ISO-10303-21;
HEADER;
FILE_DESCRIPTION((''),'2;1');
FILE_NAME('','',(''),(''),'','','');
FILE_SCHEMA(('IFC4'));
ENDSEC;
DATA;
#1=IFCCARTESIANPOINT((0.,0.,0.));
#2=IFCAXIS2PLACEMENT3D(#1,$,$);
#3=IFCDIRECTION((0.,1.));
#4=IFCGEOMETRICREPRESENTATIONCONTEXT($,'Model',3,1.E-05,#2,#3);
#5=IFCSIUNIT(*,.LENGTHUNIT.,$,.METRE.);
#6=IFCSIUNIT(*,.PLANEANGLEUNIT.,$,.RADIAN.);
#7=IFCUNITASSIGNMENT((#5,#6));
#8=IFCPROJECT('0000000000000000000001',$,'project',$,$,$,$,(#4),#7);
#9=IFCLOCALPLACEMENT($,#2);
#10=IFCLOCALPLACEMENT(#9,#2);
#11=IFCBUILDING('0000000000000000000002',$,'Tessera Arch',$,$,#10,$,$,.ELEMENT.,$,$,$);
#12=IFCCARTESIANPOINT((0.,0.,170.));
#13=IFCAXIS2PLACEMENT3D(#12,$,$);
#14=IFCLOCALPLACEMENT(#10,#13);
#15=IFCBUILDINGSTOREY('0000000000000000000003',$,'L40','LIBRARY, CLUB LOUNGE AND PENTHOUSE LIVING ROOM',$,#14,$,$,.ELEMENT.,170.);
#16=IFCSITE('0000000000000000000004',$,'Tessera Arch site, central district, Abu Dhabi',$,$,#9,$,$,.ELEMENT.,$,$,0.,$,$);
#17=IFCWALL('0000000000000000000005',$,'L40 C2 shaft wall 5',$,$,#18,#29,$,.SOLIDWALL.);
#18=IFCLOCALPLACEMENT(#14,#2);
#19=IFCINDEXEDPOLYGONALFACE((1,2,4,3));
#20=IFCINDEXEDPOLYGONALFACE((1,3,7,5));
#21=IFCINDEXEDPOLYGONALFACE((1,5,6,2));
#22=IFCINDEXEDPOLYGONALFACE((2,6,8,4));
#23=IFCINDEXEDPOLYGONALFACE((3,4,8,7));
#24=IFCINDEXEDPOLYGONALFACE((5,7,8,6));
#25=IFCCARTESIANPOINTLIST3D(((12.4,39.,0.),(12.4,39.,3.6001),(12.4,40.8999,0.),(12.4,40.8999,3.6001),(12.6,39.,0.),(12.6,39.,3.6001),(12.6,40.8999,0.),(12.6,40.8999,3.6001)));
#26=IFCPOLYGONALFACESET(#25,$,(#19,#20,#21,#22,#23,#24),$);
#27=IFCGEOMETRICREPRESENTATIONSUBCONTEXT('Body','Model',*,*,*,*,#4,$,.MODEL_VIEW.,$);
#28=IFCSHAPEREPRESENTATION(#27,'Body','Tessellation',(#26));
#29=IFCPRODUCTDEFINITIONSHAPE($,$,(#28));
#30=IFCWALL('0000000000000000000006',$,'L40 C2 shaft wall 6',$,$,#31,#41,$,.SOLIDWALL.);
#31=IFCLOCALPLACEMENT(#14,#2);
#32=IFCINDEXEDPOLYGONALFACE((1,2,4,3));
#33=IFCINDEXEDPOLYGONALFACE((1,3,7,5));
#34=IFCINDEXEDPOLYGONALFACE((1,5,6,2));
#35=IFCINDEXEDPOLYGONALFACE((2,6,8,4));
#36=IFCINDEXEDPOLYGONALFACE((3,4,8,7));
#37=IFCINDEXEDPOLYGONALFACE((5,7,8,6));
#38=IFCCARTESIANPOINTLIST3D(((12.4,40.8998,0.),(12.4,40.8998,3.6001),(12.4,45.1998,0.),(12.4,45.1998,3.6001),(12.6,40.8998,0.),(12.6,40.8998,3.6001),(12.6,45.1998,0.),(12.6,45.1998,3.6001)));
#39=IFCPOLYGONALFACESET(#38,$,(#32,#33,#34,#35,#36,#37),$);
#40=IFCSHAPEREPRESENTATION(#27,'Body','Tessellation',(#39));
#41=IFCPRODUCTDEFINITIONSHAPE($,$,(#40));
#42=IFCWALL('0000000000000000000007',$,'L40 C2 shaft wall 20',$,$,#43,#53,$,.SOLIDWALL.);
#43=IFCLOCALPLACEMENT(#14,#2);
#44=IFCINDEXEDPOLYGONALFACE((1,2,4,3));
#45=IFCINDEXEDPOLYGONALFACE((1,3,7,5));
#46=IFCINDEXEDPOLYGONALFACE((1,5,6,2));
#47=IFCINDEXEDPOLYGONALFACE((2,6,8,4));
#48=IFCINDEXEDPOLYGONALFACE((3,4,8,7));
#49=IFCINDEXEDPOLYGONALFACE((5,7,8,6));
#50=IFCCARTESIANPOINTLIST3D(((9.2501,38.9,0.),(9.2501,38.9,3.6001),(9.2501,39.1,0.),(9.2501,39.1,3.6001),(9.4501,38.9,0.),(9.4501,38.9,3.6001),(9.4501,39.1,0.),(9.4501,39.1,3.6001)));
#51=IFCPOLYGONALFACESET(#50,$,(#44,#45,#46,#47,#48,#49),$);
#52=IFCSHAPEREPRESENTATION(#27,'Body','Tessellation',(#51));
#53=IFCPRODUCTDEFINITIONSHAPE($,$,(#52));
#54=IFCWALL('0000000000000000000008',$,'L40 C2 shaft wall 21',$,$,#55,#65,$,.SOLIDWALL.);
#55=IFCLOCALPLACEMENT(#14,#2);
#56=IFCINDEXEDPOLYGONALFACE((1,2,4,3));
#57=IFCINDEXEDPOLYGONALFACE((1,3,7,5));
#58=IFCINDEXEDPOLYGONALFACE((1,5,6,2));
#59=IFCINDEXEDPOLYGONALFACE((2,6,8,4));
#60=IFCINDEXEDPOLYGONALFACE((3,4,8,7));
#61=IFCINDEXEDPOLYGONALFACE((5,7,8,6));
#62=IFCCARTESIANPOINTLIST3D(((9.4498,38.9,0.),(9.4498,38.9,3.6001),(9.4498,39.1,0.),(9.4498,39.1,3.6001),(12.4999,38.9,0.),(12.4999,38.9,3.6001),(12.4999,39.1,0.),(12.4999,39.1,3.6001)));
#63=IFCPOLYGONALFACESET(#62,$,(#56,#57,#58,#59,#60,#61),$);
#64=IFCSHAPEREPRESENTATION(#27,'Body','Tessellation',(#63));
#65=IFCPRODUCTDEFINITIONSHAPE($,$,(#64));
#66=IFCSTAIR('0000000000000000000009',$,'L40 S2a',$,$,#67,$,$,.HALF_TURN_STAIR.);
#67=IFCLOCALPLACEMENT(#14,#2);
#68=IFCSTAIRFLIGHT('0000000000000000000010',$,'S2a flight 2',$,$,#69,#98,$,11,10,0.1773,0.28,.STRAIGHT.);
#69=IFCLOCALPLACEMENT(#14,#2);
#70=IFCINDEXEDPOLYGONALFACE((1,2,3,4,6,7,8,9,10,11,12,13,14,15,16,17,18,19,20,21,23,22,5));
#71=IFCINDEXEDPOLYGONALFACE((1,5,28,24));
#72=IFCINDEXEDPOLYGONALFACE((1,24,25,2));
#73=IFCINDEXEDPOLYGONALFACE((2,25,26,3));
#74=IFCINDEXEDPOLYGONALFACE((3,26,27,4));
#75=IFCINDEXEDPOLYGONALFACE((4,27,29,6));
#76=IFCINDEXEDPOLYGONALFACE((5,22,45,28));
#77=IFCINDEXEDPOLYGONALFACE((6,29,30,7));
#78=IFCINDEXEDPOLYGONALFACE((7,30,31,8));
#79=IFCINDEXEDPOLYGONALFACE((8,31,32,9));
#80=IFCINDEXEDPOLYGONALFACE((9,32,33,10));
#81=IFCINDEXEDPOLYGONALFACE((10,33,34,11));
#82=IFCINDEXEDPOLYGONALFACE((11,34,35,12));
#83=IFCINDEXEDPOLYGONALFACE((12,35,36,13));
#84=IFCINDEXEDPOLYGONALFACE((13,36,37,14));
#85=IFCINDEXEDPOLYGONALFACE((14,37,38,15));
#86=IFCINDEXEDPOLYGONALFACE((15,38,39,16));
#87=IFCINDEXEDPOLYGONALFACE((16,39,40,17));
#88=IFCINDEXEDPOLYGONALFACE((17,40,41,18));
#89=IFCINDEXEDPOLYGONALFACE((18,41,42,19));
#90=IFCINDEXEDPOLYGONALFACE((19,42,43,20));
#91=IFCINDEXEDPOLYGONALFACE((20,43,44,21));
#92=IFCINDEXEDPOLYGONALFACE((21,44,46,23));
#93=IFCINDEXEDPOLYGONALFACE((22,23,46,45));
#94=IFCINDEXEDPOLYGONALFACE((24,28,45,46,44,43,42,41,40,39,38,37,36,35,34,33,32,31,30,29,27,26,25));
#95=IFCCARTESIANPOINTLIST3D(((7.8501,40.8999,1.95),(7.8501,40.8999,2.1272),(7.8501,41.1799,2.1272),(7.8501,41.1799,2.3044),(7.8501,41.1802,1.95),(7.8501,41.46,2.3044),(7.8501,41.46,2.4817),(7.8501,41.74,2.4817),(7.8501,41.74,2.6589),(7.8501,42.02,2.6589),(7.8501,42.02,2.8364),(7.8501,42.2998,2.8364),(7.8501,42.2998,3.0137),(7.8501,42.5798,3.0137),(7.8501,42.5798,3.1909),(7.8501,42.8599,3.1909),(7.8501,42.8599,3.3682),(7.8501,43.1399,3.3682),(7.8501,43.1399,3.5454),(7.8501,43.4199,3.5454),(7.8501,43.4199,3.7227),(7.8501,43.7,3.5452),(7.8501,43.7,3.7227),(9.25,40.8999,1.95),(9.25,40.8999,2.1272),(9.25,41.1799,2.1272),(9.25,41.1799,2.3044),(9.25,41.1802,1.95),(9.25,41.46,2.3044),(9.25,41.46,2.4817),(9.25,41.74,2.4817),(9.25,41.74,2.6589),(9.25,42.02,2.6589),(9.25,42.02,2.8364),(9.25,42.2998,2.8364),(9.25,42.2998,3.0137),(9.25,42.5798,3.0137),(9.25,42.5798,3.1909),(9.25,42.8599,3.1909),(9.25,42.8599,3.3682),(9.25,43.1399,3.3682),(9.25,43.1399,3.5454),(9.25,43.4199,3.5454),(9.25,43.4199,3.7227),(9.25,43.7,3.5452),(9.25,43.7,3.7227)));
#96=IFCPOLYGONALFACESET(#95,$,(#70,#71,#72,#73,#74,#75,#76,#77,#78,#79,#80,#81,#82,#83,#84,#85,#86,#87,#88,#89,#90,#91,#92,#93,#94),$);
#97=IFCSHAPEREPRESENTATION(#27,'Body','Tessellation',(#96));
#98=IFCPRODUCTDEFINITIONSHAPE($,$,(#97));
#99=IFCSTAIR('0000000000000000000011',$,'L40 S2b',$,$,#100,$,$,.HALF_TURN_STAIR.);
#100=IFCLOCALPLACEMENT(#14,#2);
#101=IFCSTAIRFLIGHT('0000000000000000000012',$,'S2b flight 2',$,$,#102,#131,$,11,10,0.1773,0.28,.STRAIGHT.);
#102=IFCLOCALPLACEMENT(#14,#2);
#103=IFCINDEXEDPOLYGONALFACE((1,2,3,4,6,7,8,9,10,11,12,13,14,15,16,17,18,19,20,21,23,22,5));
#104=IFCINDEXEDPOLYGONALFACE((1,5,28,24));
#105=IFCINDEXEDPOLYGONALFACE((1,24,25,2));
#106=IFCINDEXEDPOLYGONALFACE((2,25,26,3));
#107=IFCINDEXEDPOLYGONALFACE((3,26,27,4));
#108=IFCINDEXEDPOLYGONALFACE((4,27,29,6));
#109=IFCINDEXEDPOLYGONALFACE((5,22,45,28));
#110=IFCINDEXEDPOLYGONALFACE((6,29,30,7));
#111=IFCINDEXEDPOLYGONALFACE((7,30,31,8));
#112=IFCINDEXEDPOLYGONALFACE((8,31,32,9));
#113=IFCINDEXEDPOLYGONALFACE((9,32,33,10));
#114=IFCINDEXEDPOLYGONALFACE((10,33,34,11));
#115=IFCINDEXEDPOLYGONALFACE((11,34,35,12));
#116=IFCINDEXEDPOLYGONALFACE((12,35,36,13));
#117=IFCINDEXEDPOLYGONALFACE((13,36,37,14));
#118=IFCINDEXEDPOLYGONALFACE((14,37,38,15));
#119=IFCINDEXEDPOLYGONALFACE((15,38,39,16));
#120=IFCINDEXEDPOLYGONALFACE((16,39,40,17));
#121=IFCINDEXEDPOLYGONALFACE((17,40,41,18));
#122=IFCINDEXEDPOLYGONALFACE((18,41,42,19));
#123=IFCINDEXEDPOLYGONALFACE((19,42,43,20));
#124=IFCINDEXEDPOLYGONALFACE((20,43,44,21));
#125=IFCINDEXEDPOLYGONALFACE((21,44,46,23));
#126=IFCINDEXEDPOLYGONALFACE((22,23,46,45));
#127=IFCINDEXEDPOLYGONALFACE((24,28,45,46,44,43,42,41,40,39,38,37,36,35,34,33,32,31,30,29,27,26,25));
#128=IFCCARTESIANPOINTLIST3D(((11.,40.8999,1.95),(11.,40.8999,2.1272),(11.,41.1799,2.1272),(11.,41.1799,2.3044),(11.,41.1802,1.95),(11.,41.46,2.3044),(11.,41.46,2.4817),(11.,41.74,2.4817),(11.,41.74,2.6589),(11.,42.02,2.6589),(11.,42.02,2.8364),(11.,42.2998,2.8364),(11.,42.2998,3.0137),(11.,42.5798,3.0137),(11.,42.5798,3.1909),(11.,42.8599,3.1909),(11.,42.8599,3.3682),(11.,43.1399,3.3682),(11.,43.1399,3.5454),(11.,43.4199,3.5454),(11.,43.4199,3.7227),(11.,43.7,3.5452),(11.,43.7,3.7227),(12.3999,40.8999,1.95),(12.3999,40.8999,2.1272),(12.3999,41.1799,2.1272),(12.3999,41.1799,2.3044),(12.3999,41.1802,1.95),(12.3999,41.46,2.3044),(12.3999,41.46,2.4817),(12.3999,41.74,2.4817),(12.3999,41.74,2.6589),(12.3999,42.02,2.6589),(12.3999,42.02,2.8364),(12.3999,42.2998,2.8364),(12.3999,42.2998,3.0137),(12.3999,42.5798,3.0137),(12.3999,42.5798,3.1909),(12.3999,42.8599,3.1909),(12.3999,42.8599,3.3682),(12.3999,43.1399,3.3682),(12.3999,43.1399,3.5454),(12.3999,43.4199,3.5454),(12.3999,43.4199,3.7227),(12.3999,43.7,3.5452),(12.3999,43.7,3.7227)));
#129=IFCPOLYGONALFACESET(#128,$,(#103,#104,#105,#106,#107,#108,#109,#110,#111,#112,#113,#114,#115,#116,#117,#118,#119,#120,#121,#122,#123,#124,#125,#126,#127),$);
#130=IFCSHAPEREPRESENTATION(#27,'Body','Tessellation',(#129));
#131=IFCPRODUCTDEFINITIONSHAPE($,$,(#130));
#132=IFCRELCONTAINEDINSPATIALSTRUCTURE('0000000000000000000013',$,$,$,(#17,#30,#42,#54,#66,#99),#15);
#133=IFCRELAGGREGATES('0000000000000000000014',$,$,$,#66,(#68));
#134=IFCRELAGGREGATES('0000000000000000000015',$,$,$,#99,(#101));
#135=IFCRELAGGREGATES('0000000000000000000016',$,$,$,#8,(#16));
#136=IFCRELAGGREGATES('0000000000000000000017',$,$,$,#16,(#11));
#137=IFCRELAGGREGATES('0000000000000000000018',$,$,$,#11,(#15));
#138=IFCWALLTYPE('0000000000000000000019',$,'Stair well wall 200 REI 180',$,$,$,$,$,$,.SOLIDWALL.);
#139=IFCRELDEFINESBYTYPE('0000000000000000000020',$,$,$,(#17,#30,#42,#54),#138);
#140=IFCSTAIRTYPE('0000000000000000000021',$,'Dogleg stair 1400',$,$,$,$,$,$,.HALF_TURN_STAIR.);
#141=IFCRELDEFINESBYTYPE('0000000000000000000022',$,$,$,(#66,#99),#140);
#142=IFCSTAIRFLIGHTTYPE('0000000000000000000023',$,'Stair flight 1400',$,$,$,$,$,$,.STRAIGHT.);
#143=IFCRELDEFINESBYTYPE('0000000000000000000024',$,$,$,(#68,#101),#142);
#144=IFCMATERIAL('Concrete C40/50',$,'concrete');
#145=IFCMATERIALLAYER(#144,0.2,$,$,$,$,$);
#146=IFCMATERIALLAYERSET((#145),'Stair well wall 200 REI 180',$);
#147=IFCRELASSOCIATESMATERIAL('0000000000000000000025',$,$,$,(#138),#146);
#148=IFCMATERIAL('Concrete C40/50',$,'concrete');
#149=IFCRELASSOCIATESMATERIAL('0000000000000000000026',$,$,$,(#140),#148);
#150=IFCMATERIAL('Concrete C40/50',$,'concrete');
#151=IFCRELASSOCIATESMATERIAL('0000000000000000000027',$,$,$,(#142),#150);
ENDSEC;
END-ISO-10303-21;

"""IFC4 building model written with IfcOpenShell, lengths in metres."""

from ifc_helpers import new_model, si_unit, direction, frame, frame_2d, origin, place, context, subcontext, project, spatial, polyline, rectangle, outline, extrude, material, layer, layer_set, type_object, element, aggregate, save


model = new_model("IFC4")

# Units and contexts
model_context = context("Model", 3, precision=1e-05, world=origin(), true_north=direction((0.0, 1.0)))
body_context = subcontext(model_context, "Body", "Model", "MODEL_VIEW")
ifc_project = project(units=[si_unit("LENGTHUNIT", "METRE"), si_unit("PLANEANGLEUNIT", "RADIAN")], contexts=[model_context])

# Site, building, storey
site_placement = place(None, origin())
site = spatial("IfcSite", under=ifc_project, at=site_placement, Name="Tessera Arch site, central district, Abu Dhabi", CompositionType="ELEMENT", RefElevation=0.0)
building_placement = place(site_placement, origin())
building = spatial("IfcBuilding", under=site, at=building_placement, Name="Tessera Arch", CompositionType="ELEMENT")
storey_placement = place(building_placement, frame((0.0, 0.0, 170.0)))
storey = spatial("IfcBuildingStorey", under=building, at=storey_placement, Name="L40", Description="LIBRARY, CLUB LOUNGE AND PENTHOUSE LIVING ROOM", CompositionType="ELEMENT", Elevation=170.0)

# Walls
ifc_material_1 = material(Name="Concrete C40/50", Category="concrete")
ifc_layer_1 = layer(ifc_material_1, 0.2)
ifc_layer_set_1 = layer_set([ifc_layer_1], Name="Stair well wall 200 REI 180")
wall_type_1 = type_object("IfcWallType", Name="Stair well wall 200 REI 180", PredefinedType="SOLIDWALL", material=ifc_layer_set_1)
wall_1_placement = place(storey_placement, frame((12.5, 39.0, 0.0), z_axis=(0.0, 0.0, 1.0), x_axis=(0.0, 1.0, 0.0)))
element("IfcWall", 1, at=wall_1_placement, inside=storey, type_object=wall_type_1, Name="L40 C2 shaft wall 5", PredefinedType="SOLIDWALL", context=body_context, shape_type="SweptSolid", body=[
    extrude(rectangle(XDim=1.8999, YDim=0.2, at=frame_2d((0.95, 0.0))), origin(), (0.0, 0.0, 1.0), 3.6001),
])
wall_2_placement = place(storey_placement, frame((12.5, 40.8999, 0.0), z_axis=(0.0, 0.0, 1.0), x_axis=(0.0, 1.0, 0.0)))
element("IfcWall", 2, at=wall_2_placement, inside=storey, type_object=wall_type_1, Name="L40 C2 shaft wall 6", PredefinedType="SOLIDWALL", context=body_context, shape_type="SweptSolid", body=[
    extrude(rectangle(XDim=4.3, YDim=0.2, at=frame_2d((2.1499, 0.0))), origin(), (0.0, 0.0, 1.0), 3.6001),
])
wall_3_placement = place(storey_placement, frame((9.25, 39.0, 0.0), z_axis=(0.0, 0.0, 1.0), x_axis=(1.0, 0.0, 0.0)))
element("IfcWall", 3, at=wall_3_placement, inside=storey, type_object=wall_type_1, Name="L40 C2 shaft wall 20", PredefinedType="SOLIDWALL", context=body_context, shape_type="SweptSolid", body=[
    extrude(rectangle(XDim=0.2, YDim=0.2, at=frame_2d((0.1001, 0.0))), origin(), (0.0, 0.0, 1.0), 3.6001),
])
wall_4_placement = place(storey_placement, frame((9.45, 39.0, 0.0), z_axis=(0.0, 0.0, 1.0), x_axis=(1.0, 0.0, 0.0)))
element("IfcWall", 4, at=wall_4_placement, inside=storey, type_object=wall_type_1, Name="L40 C2 shaft wall 21", PredefinedType="SOLIDWALL", context=body_context, shape_type="SweptSolid", body=[
    extrude(rectangle(XDim=3.05, YDim=0.2, at=frame_2d((1.5249, 0.0))), origin(), (0.0, 0.0, 1.0), 3.6001),
])

# Stairs, stair flights
ifc_material_2 = material(Name="Concrete C40/50", Category="concrete")
stair_type = type_object("IfcStairType", Name="Dogleg stair 1400", PredefinedType="HALF_TURN_STAIR", material=ifc_material_2)
stair_1_placement = place(storey_placement, origin())
stair_1 = element("IfcStair", 5, at=stair_1_placement, inside=storey, type_object=stair_type, Name="L40 S2a", PredefinedType="HALF_TURN_STAIR")
ifc_material_3 = material(Name="Concrete C40/50", Category="concrete")
stair_flight_type = type_object("IfcStairFlightType", Name="Stair flight 1400", PredefinedType="STRAIGHT", material=ifc_material_3)
stair_flight_1_placement = place(storey_placement, frame((8.55, 40.8999, 1.95), z_axis=(0.0, 0.0, 1.0), x_axis=(0.0, 1.0, 0.0)))
stair_flight_1 = element("IfcStairFlight", 6, at=stair_flight_1_placement, type_object=stair_flight_type, Name="S2a flight 2", NumberOfRisers=11, NumberOfTreads=10, PredefinedType="STRAIGHT", RiserHeight=0.1773, TreadLength=0.28, context=body_context, shape_type="SweptSolid", body=[
    extrude(outline(polyline([(0.0, 0.0), (0.0, 0.1772), (0.28, 0.1772), (0.28, 0.3545), (0.5601, 0.3545), (0.5601, 0.5317), (0.8401, 0.5317), (0.8401, 0.709), (1.1201, 0.709), (1.1201, 0.8865), (1.3999, 0.8865), (1.3999, 1.0637), (1.6799, 1.0637), (1.6799, 1.241), (1.96, 1.241), (1.96, 1.4182), (2.24, 1.4182), (2.24, 1.5955), (2.52, 1.5955), (2.52, 1.7727), (2.8, 1.7727), (2.8, 1.95), (2.8, 1.5952), (0.2803, 0.0), (0.0, 0.0)])), frame((0.0, 0.7, 0.0), z_axis=(0.0, -1.0, 0.0), x_axis=(1.0, 0.0, 0.0)), (0.0, 0.0, 1.0), 1.3999),
])
aggregate(stair_1, [stair_flight_1])
stair_2_placement = place(storey_placement, origin())
stair_2 = element("IfcStair", 7, at=stair_2_placement, inside=storey, type_object=stair_type, Name="L40 S2b", PredefinedType="HALF_TURN_STAIR")
stair_flight_2_placement = place(storey_placement, frame((11.7, 40.8999, 1.95), z_axis=(0.0, 0.0, 1.0), x_axis=(0.0, 1.0, 0.0)))
stair_flight_2 = element("IfcStairFlight", 8, at=stair_flight_2_placement, type_object=stair_flight_type, Name="S2b flight 2", NumberOfRisers=11, NumberOfTreads=10, PredefinedType="STRAIGHT", RiserHeight=0.1773, TreadLength=0.28, context=body_context, shape_type="SweptSolid", body=[
    extrude(outline(polyline([(0.0, 0.0), (0.0, 0.1772), (0.28, 0.1772), (0.28, 0.3545), (0.5601, 0.3545), (0.5601, 0.5317), (0.8401, 0.5317), (0.8401, 0.709), (1.1201, 0.709), (1.1201, 0.8865), (1.3999, 0.8865), (1.3999, 1.0637), (1.6799, 1.0637), (1.6799, 1.241), (1.96, 1.241), (1.96, 1.4182), (2.24, 1.4182), (2.24, 1.5955), (2.52, 1.5955), (2.52, 1.7727), (2.8, 1.7727), (2.8, 1.95), (2.8, 1.5952), (0.2803, 0.0), (0.0, 0.0)])), frame((0.0, 0.7, 0.0), z_axis=(0.0, -1.0, 0.0), x_axis=(1.0, 0.0, 0.0)), (0.0, 0.0, 1.0), 1.3999),
])
aggregate(stair_2, [stair_flight_2])

save(model, "model.ifc")
